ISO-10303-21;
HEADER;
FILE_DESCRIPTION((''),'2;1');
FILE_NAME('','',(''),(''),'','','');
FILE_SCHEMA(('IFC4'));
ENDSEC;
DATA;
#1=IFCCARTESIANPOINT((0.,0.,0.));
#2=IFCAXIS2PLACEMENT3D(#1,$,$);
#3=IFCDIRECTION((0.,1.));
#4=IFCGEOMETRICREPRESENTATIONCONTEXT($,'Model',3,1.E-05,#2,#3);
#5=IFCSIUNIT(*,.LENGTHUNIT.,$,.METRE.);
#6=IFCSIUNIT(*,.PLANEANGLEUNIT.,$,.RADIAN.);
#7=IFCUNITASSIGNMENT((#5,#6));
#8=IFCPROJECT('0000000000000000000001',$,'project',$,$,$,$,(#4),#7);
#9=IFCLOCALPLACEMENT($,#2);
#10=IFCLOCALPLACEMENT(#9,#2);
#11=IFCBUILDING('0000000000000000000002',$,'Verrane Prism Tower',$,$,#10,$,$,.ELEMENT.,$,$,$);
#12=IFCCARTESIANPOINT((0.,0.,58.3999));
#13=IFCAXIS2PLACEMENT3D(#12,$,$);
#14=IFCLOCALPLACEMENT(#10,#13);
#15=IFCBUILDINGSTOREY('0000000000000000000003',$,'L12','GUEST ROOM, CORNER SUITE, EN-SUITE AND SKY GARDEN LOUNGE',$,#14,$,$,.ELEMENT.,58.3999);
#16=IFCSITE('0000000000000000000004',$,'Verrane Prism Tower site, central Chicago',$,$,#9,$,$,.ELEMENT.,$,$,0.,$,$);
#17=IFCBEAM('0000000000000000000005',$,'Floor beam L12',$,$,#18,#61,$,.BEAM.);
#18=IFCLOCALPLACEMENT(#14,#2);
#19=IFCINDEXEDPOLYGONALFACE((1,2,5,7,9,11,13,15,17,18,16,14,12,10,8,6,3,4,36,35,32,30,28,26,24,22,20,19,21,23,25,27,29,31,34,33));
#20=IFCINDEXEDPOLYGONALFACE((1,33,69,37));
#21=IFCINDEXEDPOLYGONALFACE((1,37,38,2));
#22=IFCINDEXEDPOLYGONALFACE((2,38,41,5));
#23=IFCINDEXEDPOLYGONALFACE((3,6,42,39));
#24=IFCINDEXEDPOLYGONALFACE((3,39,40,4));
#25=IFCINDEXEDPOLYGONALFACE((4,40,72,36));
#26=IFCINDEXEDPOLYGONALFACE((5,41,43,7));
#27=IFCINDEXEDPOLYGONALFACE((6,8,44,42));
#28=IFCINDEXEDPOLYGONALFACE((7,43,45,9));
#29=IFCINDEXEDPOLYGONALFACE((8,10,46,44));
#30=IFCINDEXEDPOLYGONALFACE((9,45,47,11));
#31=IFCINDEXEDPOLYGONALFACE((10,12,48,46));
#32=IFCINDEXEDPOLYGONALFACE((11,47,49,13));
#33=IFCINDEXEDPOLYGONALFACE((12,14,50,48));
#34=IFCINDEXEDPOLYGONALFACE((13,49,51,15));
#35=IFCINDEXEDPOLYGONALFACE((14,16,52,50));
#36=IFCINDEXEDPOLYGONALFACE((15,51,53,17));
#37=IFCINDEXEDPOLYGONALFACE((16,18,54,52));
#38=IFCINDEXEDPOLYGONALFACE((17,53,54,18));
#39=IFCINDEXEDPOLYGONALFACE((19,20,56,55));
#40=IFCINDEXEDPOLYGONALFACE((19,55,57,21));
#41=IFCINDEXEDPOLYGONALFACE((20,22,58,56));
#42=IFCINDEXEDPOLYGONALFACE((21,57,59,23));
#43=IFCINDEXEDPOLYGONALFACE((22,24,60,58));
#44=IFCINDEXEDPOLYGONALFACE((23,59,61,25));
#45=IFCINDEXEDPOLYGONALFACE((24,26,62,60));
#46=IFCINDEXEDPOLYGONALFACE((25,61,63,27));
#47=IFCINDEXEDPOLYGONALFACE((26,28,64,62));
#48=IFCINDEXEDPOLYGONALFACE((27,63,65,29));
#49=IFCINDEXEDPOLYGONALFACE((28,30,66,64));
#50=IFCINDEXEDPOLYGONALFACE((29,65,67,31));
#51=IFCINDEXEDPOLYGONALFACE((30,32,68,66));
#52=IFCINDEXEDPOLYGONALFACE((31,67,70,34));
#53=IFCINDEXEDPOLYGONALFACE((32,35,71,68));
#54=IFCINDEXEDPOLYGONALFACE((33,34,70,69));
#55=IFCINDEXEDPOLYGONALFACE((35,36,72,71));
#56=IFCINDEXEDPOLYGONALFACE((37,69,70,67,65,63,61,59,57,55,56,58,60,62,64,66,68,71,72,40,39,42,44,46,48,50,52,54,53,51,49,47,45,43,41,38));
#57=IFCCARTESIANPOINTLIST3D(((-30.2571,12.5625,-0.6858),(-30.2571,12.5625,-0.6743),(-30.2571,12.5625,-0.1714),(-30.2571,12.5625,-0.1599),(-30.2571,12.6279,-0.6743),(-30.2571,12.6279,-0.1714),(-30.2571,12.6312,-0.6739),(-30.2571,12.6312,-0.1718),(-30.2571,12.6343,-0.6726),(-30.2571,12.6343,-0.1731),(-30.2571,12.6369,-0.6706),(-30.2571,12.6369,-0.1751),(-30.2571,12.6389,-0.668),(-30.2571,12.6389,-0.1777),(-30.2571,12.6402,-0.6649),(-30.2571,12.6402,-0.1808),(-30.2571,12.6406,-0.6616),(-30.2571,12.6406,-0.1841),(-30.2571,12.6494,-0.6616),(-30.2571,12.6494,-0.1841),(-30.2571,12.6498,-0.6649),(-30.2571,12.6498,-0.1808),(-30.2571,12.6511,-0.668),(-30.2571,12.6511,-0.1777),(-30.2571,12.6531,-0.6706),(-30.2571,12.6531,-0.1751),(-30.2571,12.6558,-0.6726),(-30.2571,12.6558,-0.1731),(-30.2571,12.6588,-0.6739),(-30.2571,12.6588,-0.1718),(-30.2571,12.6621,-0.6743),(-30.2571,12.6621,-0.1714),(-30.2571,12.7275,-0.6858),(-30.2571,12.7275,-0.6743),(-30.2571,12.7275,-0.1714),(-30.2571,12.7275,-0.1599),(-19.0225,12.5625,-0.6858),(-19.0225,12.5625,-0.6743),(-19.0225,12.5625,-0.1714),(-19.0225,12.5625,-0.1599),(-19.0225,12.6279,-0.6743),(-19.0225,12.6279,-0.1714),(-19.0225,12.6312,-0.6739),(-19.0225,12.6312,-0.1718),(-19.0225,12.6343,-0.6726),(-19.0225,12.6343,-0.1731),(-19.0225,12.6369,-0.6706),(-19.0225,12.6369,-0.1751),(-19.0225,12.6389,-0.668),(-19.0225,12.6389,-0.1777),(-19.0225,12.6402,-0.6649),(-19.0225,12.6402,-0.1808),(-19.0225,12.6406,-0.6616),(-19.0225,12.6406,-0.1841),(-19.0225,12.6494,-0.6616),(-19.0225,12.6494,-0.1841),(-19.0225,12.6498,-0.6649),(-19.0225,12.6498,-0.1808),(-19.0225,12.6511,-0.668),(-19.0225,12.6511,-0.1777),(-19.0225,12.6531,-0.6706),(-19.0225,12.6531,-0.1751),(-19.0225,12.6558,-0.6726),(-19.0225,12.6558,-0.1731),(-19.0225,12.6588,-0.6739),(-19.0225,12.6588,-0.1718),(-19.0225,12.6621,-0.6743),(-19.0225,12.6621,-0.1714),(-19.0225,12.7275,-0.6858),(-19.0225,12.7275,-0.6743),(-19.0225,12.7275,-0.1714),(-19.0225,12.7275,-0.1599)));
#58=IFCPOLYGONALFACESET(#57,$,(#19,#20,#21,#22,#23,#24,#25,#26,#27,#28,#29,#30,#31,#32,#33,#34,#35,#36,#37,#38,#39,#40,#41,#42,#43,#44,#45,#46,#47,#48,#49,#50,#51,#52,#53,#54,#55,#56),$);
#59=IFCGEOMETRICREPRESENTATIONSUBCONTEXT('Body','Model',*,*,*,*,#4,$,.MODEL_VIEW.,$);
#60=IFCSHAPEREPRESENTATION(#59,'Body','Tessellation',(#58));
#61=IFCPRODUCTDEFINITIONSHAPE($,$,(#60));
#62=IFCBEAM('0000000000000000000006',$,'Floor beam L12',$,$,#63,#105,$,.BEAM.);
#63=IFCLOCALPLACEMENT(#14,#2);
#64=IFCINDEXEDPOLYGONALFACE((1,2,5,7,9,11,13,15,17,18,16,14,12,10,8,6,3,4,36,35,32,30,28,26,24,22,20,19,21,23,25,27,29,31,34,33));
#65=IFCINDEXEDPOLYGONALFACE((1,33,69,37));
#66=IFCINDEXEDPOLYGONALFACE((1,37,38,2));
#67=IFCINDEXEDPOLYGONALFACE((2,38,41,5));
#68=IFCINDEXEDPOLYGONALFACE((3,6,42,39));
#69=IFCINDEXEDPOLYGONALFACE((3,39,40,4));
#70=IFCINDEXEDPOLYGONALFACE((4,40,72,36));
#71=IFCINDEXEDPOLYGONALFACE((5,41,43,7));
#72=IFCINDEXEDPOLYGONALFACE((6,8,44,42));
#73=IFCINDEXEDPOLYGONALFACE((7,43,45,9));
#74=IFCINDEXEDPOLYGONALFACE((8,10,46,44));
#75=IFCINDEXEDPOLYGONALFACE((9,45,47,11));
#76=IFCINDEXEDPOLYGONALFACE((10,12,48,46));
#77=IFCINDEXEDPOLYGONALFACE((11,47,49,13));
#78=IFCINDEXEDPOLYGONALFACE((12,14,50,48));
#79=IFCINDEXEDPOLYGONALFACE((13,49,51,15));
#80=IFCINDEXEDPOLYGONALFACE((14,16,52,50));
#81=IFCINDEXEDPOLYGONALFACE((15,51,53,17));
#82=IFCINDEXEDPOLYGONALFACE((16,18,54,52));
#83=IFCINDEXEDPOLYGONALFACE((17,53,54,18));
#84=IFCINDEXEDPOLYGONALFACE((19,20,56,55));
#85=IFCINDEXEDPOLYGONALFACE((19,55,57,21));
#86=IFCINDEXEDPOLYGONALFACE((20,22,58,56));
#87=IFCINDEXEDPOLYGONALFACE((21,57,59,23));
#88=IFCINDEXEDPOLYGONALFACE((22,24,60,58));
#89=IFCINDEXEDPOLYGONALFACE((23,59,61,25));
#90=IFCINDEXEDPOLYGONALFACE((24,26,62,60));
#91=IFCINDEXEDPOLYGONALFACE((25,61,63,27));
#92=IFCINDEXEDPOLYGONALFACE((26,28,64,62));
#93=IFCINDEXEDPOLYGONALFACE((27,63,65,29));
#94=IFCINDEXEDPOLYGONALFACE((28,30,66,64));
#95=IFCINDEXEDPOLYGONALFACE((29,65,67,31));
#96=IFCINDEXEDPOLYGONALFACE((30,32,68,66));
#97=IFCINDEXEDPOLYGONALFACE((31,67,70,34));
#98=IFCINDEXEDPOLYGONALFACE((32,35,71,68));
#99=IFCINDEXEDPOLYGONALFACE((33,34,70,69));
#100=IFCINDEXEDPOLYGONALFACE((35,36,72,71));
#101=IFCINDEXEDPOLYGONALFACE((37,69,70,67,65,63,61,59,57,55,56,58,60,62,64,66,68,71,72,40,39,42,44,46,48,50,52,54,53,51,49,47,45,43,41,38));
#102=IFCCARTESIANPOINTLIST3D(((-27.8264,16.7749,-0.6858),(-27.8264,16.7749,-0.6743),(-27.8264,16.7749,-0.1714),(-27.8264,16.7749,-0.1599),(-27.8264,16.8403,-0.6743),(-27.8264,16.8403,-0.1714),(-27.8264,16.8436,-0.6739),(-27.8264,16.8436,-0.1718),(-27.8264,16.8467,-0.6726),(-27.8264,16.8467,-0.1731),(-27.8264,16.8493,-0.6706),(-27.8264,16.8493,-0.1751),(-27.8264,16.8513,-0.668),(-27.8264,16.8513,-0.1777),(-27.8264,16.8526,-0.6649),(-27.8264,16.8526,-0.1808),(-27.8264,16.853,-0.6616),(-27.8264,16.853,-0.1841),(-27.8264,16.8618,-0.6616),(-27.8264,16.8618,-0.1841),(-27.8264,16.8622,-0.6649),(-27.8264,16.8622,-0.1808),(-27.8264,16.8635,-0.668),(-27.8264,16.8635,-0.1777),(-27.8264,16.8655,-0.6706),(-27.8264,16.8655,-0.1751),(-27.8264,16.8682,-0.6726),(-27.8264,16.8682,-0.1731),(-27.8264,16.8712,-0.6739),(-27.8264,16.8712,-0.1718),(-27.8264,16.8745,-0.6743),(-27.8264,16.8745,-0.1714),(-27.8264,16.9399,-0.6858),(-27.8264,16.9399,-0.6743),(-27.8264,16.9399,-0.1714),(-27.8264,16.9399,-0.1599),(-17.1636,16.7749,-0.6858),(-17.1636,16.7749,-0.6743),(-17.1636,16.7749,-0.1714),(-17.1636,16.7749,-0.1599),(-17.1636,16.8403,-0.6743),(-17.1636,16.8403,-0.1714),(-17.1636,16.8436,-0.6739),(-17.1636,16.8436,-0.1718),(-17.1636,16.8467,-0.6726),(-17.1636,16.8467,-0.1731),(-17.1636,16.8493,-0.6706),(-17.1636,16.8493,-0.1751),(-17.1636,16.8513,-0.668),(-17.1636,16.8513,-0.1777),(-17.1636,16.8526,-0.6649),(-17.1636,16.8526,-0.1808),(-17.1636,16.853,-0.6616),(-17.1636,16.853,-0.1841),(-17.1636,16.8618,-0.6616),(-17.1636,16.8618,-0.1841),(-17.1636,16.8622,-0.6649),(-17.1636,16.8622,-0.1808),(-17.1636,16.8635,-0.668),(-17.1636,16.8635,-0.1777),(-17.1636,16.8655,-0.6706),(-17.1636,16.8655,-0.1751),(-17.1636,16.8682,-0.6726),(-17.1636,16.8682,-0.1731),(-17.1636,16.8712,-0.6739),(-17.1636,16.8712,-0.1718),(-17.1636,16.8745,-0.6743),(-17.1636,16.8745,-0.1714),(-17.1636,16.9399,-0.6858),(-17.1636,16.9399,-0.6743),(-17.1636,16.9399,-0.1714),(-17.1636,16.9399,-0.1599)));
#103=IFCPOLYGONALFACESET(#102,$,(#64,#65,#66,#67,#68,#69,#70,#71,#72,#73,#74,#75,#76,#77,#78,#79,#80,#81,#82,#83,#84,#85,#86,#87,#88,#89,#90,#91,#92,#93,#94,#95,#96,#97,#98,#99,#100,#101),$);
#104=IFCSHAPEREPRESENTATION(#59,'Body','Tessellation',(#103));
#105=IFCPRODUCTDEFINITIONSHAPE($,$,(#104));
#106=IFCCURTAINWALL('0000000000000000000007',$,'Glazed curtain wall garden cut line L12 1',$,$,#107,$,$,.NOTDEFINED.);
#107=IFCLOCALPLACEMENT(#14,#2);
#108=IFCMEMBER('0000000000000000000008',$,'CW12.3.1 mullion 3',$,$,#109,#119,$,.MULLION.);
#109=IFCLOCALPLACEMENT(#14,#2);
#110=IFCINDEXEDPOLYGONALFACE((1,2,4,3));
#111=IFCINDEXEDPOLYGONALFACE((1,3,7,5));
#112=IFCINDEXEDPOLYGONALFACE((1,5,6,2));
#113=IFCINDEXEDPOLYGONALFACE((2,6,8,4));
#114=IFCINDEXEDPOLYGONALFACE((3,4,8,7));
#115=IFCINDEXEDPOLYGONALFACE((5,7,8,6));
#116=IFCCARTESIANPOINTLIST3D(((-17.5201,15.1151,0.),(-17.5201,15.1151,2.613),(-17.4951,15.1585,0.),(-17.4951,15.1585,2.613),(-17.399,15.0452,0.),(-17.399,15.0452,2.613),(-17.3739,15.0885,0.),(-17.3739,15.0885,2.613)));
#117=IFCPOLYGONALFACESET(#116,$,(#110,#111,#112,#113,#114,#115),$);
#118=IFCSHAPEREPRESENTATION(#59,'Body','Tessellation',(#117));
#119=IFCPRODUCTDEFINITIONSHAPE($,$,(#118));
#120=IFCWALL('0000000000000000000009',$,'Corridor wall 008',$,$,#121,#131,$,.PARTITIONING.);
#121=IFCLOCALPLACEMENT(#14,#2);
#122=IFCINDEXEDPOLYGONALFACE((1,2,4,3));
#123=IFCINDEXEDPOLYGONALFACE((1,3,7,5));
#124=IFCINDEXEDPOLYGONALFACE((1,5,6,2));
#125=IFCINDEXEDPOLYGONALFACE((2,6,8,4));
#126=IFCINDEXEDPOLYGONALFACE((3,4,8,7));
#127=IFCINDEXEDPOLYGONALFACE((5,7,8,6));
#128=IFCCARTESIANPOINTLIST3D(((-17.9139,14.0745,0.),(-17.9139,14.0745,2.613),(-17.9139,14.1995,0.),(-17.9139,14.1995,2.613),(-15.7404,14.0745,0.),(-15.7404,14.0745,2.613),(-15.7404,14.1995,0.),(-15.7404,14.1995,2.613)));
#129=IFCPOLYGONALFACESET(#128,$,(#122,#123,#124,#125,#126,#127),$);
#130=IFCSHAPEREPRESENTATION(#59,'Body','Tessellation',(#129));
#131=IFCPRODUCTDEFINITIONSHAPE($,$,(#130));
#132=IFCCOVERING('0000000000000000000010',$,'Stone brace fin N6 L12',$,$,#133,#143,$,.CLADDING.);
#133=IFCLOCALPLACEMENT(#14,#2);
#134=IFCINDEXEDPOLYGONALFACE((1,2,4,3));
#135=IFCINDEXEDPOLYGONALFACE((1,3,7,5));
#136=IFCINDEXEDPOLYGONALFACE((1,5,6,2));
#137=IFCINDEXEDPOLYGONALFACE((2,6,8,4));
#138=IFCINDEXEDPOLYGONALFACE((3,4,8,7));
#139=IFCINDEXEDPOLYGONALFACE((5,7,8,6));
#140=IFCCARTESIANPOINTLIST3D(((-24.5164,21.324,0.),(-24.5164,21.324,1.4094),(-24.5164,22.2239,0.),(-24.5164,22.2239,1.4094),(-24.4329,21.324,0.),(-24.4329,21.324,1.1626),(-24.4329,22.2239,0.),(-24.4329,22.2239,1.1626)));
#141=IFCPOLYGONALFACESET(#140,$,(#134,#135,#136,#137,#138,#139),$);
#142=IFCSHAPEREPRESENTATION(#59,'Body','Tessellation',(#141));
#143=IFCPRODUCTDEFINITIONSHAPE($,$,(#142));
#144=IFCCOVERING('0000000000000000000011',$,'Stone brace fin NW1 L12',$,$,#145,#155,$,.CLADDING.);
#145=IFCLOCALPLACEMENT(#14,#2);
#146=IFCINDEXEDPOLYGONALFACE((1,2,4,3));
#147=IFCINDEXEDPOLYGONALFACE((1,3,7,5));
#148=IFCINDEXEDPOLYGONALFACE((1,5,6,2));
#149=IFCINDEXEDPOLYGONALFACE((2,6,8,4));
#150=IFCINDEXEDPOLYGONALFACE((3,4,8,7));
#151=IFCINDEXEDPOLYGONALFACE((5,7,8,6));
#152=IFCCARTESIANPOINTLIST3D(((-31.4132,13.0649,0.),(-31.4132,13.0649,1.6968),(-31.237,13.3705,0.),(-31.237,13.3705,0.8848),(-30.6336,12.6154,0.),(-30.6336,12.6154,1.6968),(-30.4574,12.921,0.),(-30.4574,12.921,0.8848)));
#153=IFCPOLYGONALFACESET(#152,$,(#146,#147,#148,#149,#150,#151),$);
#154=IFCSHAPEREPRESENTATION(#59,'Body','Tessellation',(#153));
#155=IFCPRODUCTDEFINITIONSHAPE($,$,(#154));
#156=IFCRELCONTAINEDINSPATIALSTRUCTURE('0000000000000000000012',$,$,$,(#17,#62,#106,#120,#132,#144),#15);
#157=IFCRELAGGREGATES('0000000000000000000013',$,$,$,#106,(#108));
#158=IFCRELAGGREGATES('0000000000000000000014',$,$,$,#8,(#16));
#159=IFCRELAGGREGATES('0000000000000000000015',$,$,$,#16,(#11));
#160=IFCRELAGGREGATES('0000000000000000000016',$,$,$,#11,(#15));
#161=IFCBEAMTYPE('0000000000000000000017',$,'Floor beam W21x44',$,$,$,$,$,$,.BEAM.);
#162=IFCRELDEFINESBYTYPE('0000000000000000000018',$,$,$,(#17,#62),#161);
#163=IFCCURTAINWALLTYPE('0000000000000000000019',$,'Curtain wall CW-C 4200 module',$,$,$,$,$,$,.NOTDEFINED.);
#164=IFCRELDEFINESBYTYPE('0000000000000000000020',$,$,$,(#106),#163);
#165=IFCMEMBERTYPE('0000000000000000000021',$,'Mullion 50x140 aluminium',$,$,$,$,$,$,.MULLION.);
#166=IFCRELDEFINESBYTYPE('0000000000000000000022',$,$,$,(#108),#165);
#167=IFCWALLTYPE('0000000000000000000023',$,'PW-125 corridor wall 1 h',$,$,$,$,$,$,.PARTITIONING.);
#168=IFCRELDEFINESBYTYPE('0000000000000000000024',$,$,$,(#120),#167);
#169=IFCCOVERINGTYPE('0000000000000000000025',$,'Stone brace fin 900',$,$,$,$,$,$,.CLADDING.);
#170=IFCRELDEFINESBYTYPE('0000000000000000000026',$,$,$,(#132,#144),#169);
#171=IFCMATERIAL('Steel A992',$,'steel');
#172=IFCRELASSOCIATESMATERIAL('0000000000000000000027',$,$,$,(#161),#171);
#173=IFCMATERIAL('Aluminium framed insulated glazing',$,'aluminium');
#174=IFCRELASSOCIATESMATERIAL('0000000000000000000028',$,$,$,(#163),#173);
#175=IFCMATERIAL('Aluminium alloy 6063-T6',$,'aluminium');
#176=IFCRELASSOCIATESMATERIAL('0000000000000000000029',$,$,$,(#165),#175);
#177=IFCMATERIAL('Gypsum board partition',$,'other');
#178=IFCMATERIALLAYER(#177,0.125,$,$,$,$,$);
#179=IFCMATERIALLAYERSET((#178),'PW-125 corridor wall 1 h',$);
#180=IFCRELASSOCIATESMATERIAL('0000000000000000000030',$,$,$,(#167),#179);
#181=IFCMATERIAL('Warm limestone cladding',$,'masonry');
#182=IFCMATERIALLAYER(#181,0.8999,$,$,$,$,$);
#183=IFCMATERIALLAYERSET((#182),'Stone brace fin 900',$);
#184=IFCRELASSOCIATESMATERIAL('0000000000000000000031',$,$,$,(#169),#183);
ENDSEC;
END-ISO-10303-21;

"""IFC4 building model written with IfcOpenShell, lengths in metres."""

from ifc_helpers import new_model, si_unit, direction, frame, frame_2d, origin, origin_2d, place, context, subcontext, project, spatial, polyline, rectangle, i_section, outline, extrude, material, layer, layer_set, material_profile, profile_set, type_object, element, aggregate, save


model = new_model("IFC4")

# Units and contexts
model_context = context("Model", 3, precision=1e-05, world=origin(), true_north=direction((0.0, 1.0)))
body_context = subcontext(model_context, "Body", "Model", "MODEL_VIEW")
ifc_project = project(units=[si_unit("LENGTHUNIT", "METRE"), si_unit("PLANEANGLEUNIT", "RADIAN")], contexts=[model_context])

# Site, building, storey
site_placement = place(None, origin())
site = spatial("IfcSite", under=ifc_project, at=site_placement, Name="Verrane Prism Tower site, central Chicago", CompositionType="ELEMENT", RefElevation=0.0)
building_placement = place(site_placement, origin())
building = spatial("IfcBuilding", under=site, at=building_placement, Name="Verrane Prism Tower", CompositionType="ELEMENT")
storey_placement = place(building_placement, frame((0.0, 0.0, 58.3999)))
storey = spatial("IfcBuildingStorey", under=building, at=storey_placement, Name="L12", Description="GUEST ROOM, CORNER SUITE, EN-SUITE AND SKY GARDEN LOUNGE", CompositionType="ELEMENT", Elevation=58.3999)

# Beams
ifc_material_1 = material(Name="Steel A992", Category="steel")
ifc_material_profile_1 = material_profile(ifc_material_1, i_section(OverallWidth=0.165, OverallDepth=0.5259, WebThickness=0.0088, FlangeThickness=0.0115, FilletRadius=0.0127, at=origin_2d()), Name="W21x44")
ifc_profile_set_1 = profile_set([ifc_material_profile_1], Name="Steel A992")
beam_type_1 = type_object("IfcBeamType", Name="Floor beam W21x44", PredefinedType="BEAM", material=ifc_profile_set_1)
beam_1_placement = place(storey_placement, frame((-30.2571, 12.645, -0.4229), z_axis=(1.0, 0.0, 0.0), x_axis=(0.0, 1.0, 0.0)))
element("IfcBeam", 1, at=beam_1_placement, inside=storey, type_object=beam_type_1, Name="Floor beam L12", PredefinedType="BEAM", context=body_context, shape_type="SweptSolid", body=[
    extrude(i_section(OverallWidth=0.165, OverallDepth=0.5259, WebThickness=0.0088, FlangeThickness=0.0115, FilletRadius=0.0127, at=origin_2d()), origin(), (0.0, 0.0, 1.0), 11.2346),
])
beam_2_placement = place(storey_placement, frame((-27.8264, 16.8574, -0.4229), z_axis=(1.0, 0.0, 0.0), x_axis=(0.0, 1.0, 0.0)))
element("IfcBeam", 2, at=beam_2_placement, inside=storey, type_object=beam_type_1, Name="Floor beam L12", PredefinedType="BEAM", context=body_context, shape_type="SweptSolid", body=[
    extrude(i_section(OverallWidth=0.165, OverallDepth=0.5259, WebThickness=0.0088, FlangeThickness=0.0115, FilletRadius=0.0127, at=origin_2d()), origin(), (0.0, 0.0, 1.0), 10.6628),
])

# Curtain wall, member
ifc_material_2 = material(Name="Aluminium framed insulated glazing", Category="aluminium")
curtain_wall_type = type_object("IfcCurtainWallType", Name="Curtain wall CW-C 4200 module", PredefinedType="NOTDEFINED", material=ifc_material_2)
curtain_wall_placement = place(storey_placement, origin())
curtain_wall = element("IfcCurtainWall", 3, at=curtain_wall_placement, inside=storey, type_object=curtain_wall_type, Name="Glazed curtain wall garden cut line L12 1", PredefinedType="NOTDEFINED")
ifc_material_3 = material(Name="Aluminium alloy 6063-T6", Category="aluminium")
ifc_material_profile_2 = material_profile(ifc_material_3, rectangle(XDim=0.1399, YDim=0.05, at=origin_2d()), Name="Mullion 50x140 aluminium")
ifc_profile_set_2 = profile_set([ifc_material_profile_2], Name="Aluminium alloy 6063-T6")
member_type_1 = type_object("IfcMemberType", Name="Mullion 50x140 aluminium", PredefinedType="MULLION", material=ifc_profile_set_2)
member_1_placement = place(storey_placement, frame((-17.447, 15.1018, 0.0), z_axis=(0.0, 0.0, 1.0), x_axis=(0.866025, -0.500001, 0.0)))
member_1 = element("IfcMember", 4, at=member_1_placement, type_object=member_type_1, Name="CW12.3.1 mullion 3", PredefinedType="MULLION", context=body_context, shape_type="SweptSolid", body=[
    extrude(rectangle(XDim=0.1399, YDim=0.05, at=origin_2d()), origin(), (0.0, 0.0, 1.0), 2.613),
])
aggregate(curtain_wall, [member_1])

# Wall
ifc_material_4 = material(Name="Gypsum board partition", Category="other")
ifc_layer_1 = layer(ifc_material_4, 0.125)
ifc_layer_set_1 = layer_set([ifc_layer_1], Name="PW-125 corridor wall 1 h")
wall_type_1 = type_object("IfcWallType", Name="PW-125 corridor wall 1 h", PredefinedType="PARTITIONING", material=ifc_layer_set_1)
wall_1_placement = place(storey_placement, frame((-17.9141, 14.137, 0.0), z_axis=(0.0, 0.0, 1.0), x_axis=(1.0, 0.0, 0.0)))
element("IfcWall", 5, at=wall_1_placement, inside=storey, type_object=wall_type_1, Name="Corridor wall 008", PredefinedType="PARTITIONING", context=body_context, shape_type="SweptSolid", body=[
    extrude(rectangle(XDim=2.1736, YDim=0.125, at=frame_2d((1.0869, 0.0))), origin(), (0.0, 0.0, 1.0), 2.613),
])

# Coverings
ifc_material_5 = material(Name="Warm limestone cladding", Category="masonry")
ifc_layer_2 = layer(ifc_material_5, 0.8999)
ifc_layer_set_2 = layer_set([ifc_layer_2], Name="Stone brace fin 900")
covering_type = type_object("IfcCoveringType", Name="Stone brace fin 900", PredefinedType="CLADDING", material=ifc_layer_set_2)
covering_1_placement = place(storey_placement, frame((-24.4329, 21.7739, 0.0), z_axis=(0.0, 0.0, 1.0), x_axis=(-1.0, 0.0, 0.0)))
element("IfcCovering", 6, at=covering_1_placement, inside=storey, type_object=covering_type, Name="Stone brace fin N6 L12", PredefinedType="CLADDING", context=body_context, shape_type="SweptSolid", body=[
    extrude(outline(polyline([(0.0, 0.0), (0.0835, 0.0), (0.0835, 1.4094), (0.0, 1.1626), (0.0, 0.0)])), frame((0.0, 0.45, 0.0), z_axis=(0.0, -1.0, 0.0), x_axis=(1.0, 0.0, 0.0)), (0.0, 0.0, 1.0), 0.8999),
])
covering_2_placement = place(storey_placement, frame((-30.8472, 13.1458, 0.0), z_axis=(0.0, 0.0, 1.0), x_axis=(-0.499563, -0.866278, 0.0)))
element("IfcCovering", 7, at=covering_2_placement, inside=storey, type_object=covering_type, Name="Stone brace fin NW1 L12", PredefinedType="CLADDING", context=body_context, shape_type="SweptSolid", body=[
    extrude(outline(polyline([(0.0, 0.0), (0.3528, 0.0), (0.3528, 1.6968), (0.0, 0.8848), (0.0, 0.0)])), frame((0.0, 0.45, 0.0), z_axis=(0.0, -1.0, 0.0), x_axis=(1.0, 0.0, 0.0)), (0.0, 0.0, 1.0), 0.8999),
])

save(model, "model.ifc")
